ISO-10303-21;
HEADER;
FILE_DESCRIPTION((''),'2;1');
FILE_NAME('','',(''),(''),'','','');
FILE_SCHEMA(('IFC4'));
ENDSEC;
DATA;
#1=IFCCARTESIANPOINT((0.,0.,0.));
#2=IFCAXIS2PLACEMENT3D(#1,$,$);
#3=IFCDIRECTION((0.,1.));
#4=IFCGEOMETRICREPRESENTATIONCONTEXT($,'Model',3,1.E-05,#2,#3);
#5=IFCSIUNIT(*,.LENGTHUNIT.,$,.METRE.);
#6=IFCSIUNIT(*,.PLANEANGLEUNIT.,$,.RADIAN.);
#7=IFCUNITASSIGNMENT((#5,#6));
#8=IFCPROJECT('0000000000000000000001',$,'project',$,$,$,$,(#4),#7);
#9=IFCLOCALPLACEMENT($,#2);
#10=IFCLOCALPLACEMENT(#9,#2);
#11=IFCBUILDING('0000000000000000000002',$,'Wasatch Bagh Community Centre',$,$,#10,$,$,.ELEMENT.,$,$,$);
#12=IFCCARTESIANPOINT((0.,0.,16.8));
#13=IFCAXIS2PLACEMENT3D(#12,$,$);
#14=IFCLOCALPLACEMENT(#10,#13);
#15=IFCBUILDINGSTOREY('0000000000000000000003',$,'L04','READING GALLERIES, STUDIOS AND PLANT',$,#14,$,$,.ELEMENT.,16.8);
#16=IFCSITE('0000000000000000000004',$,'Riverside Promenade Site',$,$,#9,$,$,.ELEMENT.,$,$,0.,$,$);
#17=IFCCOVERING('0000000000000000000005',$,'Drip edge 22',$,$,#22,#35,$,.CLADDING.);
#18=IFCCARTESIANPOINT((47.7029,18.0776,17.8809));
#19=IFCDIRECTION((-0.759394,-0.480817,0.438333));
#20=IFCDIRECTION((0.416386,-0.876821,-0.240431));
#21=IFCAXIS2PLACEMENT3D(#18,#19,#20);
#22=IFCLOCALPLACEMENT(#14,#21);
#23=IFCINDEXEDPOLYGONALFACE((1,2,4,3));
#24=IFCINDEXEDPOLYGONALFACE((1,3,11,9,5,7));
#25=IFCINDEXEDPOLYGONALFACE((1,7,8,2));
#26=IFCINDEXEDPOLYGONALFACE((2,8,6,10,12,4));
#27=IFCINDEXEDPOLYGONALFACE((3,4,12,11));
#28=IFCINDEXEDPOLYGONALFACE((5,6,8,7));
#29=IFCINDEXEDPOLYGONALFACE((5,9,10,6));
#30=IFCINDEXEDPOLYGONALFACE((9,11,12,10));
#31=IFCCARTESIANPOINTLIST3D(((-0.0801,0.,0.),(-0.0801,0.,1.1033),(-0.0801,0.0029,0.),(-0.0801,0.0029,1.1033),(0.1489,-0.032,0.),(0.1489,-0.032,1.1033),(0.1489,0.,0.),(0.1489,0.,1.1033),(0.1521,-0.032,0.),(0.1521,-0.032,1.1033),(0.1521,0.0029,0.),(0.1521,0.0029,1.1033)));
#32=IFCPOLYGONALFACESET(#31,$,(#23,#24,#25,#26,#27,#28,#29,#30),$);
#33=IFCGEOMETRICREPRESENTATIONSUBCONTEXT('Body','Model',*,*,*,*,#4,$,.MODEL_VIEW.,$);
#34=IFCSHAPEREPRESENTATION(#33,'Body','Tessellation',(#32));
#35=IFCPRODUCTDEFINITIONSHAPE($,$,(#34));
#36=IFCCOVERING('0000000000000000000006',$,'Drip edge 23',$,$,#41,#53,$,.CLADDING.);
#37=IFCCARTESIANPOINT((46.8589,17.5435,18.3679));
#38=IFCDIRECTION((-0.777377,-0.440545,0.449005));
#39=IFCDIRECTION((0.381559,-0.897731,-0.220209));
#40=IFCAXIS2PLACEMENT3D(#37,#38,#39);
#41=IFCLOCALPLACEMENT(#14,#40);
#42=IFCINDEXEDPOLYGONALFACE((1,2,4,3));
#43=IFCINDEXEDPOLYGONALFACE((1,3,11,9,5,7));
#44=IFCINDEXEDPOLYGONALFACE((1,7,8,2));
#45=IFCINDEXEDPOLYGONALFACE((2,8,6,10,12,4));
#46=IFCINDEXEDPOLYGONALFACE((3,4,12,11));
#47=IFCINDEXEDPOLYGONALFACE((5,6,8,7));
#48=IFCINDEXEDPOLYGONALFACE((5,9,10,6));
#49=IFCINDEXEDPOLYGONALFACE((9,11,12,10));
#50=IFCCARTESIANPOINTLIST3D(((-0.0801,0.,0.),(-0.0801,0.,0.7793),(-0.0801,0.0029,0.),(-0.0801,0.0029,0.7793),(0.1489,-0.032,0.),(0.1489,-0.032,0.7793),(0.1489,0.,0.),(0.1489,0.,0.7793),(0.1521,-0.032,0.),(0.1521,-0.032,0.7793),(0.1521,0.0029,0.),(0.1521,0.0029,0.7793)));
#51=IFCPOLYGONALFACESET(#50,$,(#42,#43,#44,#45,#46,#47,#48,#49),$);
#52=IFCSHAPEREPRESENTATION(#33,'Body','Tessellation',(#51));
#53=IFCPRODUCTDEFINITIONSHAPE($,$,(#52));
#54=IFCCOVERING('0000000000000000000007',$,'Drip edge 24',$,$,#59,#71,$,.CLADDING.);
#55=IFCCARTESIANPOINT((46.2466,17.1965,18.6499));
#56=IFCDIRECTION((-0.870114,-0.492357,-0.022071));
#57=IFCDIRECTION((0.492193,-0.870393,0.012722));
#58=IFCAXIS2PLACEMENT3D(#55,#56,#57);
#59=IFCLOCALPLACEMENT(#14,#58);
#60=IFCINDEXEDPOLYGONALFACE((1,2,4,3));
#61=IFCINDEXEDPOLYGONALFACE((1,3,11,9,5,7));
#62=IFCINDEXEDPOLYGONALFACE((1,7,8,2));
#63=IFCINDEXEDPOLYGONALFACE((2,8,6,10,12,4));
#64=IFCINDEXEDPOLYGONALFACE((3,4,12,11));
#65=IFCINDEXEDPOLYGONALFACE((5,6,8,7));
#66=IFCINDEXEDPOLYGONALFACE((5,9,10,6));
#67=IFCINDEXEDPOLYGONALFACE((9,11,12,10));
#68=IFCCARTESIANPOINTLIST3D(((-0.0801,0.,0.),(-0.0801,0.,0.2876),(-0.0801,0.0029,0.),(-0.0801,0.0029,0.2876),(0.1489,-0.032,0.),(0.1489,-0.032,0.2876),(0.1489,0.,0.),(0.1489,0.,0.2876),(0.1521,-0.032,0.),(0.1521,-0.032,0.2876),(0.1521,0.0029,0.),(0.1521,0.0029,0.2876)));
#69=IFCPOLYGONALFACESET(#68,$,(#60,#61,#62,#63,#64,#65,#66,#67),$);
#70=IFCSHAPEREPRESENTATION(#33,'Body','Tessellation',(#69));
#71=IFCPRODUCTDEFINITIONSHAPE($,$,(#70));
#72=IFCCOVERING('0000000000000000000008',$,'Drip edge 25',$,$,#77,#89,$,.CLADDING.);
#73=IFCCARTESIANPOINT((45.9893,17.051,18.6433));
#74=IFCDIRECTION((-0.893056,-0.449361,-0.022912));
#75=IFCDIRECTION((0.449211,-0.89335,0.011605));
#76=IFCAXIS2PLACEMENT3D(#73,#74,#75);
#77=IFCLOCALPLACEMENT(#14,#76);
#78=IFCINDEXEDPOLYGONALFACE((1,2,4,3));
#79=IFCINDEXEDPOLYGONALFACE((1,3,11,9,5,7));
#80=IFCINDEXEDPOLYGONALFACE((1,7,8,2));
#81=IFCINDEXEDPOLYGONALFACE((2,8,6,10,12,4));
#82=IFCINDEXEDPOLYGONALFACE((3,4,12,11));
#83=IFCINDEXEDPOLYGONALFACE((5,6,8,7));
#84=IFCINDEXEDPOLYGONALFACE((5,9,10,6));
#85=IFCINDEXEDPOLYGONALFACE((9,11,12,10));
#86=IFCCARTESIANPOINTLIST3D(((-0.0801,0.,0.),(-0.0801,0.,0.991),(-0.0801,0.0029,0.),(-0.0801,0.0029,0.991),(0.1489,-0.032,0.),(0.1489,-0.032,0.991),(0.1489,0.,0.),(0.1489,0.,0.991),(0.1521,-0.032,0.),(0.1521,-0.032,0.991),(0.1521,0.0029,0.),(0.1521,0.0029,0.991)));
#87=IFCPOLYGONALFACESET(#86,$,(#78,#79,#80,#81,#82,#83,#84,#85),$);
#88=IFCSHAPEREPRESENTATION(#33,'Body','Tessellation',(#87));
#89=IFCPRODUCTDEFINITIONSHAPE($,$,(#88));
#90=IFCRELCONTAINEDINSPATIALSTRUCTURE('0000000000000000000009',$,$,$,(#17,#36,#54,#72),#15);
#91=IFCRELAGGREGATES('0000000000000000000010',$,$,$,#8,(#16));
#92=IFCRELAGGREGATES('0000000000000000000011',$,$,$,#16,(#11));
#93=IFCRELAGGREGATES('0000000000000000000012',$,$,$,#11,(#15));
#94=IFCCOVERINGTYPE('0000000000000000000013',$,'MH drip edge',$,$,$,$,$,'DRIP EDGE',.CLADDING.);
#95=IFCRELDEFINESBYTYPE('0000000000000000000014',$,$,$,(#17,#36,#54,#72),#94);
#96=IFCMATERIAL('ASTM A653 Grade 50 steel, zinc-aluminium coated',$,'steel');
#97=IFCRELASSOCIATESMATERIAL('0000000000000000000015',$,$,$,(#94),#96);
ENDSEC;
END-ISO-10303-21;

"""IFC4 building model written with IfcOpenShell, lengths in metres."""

from ifc_helpers import new_model, si_unit, direction, frame, origin, place, context, subcontext, project, spatial, polyline, outline, extrude, material, material_profile, profile_set, type_object, element, save


model = new_model("IFC4")

# Units and contexts
model_context = context("Model", 3, precision=1e-05, world=origin(), true_north=direction((0.0, 1.0)))
body_context = subcontext(model_context, "Body", "Model", "MODEL_VIEW")
ifc_project = project(units=[si_unit("LENGTHUNIT", "METRE"), si_unit("PLANEANGLEUNIT", "RADIAN")], contexts=[model_context])

# Site, building, storey
site_placement = place(None, origin())
site = spatial("IfcSite", under=ifc_project, at=site_placement, Name="Riverside Promenade Site", CompositionType="ELEMENT", RefElevation=0.0)
building_placement = place(site_placement, origin())
building = spatial("IfcBuilding", under=site, at=building_placement, Name="Wasatch Bagh Community Centre", CompositionType="ELEMENT")
storey_placement = place(building_placement, frame((0.0, 0.0, 16.8)))
storey = spatial("IfcBuildingStorey", under=building, at=storey_placement, Name="L04", Description="READING GALLERIES, STUDIOS AND PLANT", CompositionType="ELEMENT", Elevation=16.8)

# Coverings
ifc_material_1 = material(Name="ASTM A653 Grade 50 steel, zinc-aluminium coated", Category="steel")
ifc_material_profile_1 = material_profile(ifc_material_1, outline(polyline([(-0.0801, 0.0029), (0.1521, 0.0029), (0.1521, -0.032), (0.1489, -0.032), (0.1489, 0.0), (-0.0801, 0.0), (-0.0801, 0.0029)])), Name="DRIP EDGE")
ifc_profile_set_1 = profile_set([ifc_material_profile_1], Name="ASTM A653 Grade 50 steel, zinc-aluminium coated")
covering_type_1 = type_object("IfcCoveringType", Name="MH drip edge", ElementType="DRIP EDGE", PredefinedType="CLADDING", material=ifc_profile_set_1)
covering_1_placement = place(storey_placement, frame((47.7029, 18.0776, 17.8809), z_axis=(-0.759394, -0.480817, 0.438333), x_axis=(0.416386, -0.876821, -0.240431)))
element("IfcCovering", 1, at=covering_1_placement, inside=storey, type_object=covering_type_1, Name="Drip edge 22", PredefinedType="CLADDING", context=body_context, shape_type="SweptSolid", body=[
    extrude(outline(polyline([(-0.0801, 0.0029), (0.1521, 0.0029), (0.1521, -0.032), (0.1489, -0.032), (0.1489, 0.0), (-0.0801, 0.0), (-0.0801, 0.0029)])), origin(), (0.0, 0.0, 1.0), 1.1033),
])
covering_2_placement = place(storey_placement, frame((46.8589, 17.5435, 18.3679), z_axis=(-0.777377, -0.440545, 0.449005), x_axis=(0.381559, -0.897731, -0.220209)))
element("IfcCovering", 2, at=covering_2_placement, inside=storey, type_object=covering_type_1, Name="Drip edge 23", PredefinedType="CLADDING", context=body_context, shape_type="SweptSolid", body=[
    extrude(outline(polyline([(-0.0801, 0.0029), (0.1521, 0.0029), (0.1521, -0.032), (0.1489, -0.032), (0.1489, 0.0), (-0.0801, 0.0), (-0.0801, 0.0029)])), origin(), (0.0, 0.0, 1.0), 0.7793),
])
covering_3_placement = place(storey_placement, frame((46.2466, 17.1965, 18.6499), z_axis=(-0.870114, -0.492357, -0.022071), x_axis=(0.492193, -0.870393, 0.012722)))
element("IfcCovering", 3, at=covering_3_placement, inside=storey, type_object=covering_type_1, Name="Drip edge 24", PredefinedType="CLADDING", context=body_context, shape_type="SweptSolid", body=[
    extrude(outline(polyline([(-0.0801, 0.0029), (0.1521, 0.0029), (0.1521, -0.032), (0.1489, -0.032), (0.1489, 0.0), (-0.0801, 0.0), (-0.0801, 0.0029)])), origin(), (0.0, 0.0, 1.0), 0.2876),
])
covering_4_placement = place(storey_placement, frame((45.9893, 17.051, 18.6433), z_axis=(-0.893056, -0.449361, -0.022912), x_axis=(0.449211, -0.89335, 0.011605)))
element("IfcCovering", 4, at=covering_4_placement, inside=storey, type_object=covering_type_1, Name="Drip edge 25", PredefinedType="CLADDING", context=body_context, shape_type="SweptSolid", body=[
    extrude(outline(polyline([(-0.0801, 0.0029), (0.1521, 0.0029), (0.1521, -0.032), (0.1489, -0.032), (0.1489, 0.0), (-0.0801, 0.0), (-0.0801, 0.0029)])), origin(), (0.0, 0.0, 1.0), 0.991),
])

save(model, "model.ifc")
